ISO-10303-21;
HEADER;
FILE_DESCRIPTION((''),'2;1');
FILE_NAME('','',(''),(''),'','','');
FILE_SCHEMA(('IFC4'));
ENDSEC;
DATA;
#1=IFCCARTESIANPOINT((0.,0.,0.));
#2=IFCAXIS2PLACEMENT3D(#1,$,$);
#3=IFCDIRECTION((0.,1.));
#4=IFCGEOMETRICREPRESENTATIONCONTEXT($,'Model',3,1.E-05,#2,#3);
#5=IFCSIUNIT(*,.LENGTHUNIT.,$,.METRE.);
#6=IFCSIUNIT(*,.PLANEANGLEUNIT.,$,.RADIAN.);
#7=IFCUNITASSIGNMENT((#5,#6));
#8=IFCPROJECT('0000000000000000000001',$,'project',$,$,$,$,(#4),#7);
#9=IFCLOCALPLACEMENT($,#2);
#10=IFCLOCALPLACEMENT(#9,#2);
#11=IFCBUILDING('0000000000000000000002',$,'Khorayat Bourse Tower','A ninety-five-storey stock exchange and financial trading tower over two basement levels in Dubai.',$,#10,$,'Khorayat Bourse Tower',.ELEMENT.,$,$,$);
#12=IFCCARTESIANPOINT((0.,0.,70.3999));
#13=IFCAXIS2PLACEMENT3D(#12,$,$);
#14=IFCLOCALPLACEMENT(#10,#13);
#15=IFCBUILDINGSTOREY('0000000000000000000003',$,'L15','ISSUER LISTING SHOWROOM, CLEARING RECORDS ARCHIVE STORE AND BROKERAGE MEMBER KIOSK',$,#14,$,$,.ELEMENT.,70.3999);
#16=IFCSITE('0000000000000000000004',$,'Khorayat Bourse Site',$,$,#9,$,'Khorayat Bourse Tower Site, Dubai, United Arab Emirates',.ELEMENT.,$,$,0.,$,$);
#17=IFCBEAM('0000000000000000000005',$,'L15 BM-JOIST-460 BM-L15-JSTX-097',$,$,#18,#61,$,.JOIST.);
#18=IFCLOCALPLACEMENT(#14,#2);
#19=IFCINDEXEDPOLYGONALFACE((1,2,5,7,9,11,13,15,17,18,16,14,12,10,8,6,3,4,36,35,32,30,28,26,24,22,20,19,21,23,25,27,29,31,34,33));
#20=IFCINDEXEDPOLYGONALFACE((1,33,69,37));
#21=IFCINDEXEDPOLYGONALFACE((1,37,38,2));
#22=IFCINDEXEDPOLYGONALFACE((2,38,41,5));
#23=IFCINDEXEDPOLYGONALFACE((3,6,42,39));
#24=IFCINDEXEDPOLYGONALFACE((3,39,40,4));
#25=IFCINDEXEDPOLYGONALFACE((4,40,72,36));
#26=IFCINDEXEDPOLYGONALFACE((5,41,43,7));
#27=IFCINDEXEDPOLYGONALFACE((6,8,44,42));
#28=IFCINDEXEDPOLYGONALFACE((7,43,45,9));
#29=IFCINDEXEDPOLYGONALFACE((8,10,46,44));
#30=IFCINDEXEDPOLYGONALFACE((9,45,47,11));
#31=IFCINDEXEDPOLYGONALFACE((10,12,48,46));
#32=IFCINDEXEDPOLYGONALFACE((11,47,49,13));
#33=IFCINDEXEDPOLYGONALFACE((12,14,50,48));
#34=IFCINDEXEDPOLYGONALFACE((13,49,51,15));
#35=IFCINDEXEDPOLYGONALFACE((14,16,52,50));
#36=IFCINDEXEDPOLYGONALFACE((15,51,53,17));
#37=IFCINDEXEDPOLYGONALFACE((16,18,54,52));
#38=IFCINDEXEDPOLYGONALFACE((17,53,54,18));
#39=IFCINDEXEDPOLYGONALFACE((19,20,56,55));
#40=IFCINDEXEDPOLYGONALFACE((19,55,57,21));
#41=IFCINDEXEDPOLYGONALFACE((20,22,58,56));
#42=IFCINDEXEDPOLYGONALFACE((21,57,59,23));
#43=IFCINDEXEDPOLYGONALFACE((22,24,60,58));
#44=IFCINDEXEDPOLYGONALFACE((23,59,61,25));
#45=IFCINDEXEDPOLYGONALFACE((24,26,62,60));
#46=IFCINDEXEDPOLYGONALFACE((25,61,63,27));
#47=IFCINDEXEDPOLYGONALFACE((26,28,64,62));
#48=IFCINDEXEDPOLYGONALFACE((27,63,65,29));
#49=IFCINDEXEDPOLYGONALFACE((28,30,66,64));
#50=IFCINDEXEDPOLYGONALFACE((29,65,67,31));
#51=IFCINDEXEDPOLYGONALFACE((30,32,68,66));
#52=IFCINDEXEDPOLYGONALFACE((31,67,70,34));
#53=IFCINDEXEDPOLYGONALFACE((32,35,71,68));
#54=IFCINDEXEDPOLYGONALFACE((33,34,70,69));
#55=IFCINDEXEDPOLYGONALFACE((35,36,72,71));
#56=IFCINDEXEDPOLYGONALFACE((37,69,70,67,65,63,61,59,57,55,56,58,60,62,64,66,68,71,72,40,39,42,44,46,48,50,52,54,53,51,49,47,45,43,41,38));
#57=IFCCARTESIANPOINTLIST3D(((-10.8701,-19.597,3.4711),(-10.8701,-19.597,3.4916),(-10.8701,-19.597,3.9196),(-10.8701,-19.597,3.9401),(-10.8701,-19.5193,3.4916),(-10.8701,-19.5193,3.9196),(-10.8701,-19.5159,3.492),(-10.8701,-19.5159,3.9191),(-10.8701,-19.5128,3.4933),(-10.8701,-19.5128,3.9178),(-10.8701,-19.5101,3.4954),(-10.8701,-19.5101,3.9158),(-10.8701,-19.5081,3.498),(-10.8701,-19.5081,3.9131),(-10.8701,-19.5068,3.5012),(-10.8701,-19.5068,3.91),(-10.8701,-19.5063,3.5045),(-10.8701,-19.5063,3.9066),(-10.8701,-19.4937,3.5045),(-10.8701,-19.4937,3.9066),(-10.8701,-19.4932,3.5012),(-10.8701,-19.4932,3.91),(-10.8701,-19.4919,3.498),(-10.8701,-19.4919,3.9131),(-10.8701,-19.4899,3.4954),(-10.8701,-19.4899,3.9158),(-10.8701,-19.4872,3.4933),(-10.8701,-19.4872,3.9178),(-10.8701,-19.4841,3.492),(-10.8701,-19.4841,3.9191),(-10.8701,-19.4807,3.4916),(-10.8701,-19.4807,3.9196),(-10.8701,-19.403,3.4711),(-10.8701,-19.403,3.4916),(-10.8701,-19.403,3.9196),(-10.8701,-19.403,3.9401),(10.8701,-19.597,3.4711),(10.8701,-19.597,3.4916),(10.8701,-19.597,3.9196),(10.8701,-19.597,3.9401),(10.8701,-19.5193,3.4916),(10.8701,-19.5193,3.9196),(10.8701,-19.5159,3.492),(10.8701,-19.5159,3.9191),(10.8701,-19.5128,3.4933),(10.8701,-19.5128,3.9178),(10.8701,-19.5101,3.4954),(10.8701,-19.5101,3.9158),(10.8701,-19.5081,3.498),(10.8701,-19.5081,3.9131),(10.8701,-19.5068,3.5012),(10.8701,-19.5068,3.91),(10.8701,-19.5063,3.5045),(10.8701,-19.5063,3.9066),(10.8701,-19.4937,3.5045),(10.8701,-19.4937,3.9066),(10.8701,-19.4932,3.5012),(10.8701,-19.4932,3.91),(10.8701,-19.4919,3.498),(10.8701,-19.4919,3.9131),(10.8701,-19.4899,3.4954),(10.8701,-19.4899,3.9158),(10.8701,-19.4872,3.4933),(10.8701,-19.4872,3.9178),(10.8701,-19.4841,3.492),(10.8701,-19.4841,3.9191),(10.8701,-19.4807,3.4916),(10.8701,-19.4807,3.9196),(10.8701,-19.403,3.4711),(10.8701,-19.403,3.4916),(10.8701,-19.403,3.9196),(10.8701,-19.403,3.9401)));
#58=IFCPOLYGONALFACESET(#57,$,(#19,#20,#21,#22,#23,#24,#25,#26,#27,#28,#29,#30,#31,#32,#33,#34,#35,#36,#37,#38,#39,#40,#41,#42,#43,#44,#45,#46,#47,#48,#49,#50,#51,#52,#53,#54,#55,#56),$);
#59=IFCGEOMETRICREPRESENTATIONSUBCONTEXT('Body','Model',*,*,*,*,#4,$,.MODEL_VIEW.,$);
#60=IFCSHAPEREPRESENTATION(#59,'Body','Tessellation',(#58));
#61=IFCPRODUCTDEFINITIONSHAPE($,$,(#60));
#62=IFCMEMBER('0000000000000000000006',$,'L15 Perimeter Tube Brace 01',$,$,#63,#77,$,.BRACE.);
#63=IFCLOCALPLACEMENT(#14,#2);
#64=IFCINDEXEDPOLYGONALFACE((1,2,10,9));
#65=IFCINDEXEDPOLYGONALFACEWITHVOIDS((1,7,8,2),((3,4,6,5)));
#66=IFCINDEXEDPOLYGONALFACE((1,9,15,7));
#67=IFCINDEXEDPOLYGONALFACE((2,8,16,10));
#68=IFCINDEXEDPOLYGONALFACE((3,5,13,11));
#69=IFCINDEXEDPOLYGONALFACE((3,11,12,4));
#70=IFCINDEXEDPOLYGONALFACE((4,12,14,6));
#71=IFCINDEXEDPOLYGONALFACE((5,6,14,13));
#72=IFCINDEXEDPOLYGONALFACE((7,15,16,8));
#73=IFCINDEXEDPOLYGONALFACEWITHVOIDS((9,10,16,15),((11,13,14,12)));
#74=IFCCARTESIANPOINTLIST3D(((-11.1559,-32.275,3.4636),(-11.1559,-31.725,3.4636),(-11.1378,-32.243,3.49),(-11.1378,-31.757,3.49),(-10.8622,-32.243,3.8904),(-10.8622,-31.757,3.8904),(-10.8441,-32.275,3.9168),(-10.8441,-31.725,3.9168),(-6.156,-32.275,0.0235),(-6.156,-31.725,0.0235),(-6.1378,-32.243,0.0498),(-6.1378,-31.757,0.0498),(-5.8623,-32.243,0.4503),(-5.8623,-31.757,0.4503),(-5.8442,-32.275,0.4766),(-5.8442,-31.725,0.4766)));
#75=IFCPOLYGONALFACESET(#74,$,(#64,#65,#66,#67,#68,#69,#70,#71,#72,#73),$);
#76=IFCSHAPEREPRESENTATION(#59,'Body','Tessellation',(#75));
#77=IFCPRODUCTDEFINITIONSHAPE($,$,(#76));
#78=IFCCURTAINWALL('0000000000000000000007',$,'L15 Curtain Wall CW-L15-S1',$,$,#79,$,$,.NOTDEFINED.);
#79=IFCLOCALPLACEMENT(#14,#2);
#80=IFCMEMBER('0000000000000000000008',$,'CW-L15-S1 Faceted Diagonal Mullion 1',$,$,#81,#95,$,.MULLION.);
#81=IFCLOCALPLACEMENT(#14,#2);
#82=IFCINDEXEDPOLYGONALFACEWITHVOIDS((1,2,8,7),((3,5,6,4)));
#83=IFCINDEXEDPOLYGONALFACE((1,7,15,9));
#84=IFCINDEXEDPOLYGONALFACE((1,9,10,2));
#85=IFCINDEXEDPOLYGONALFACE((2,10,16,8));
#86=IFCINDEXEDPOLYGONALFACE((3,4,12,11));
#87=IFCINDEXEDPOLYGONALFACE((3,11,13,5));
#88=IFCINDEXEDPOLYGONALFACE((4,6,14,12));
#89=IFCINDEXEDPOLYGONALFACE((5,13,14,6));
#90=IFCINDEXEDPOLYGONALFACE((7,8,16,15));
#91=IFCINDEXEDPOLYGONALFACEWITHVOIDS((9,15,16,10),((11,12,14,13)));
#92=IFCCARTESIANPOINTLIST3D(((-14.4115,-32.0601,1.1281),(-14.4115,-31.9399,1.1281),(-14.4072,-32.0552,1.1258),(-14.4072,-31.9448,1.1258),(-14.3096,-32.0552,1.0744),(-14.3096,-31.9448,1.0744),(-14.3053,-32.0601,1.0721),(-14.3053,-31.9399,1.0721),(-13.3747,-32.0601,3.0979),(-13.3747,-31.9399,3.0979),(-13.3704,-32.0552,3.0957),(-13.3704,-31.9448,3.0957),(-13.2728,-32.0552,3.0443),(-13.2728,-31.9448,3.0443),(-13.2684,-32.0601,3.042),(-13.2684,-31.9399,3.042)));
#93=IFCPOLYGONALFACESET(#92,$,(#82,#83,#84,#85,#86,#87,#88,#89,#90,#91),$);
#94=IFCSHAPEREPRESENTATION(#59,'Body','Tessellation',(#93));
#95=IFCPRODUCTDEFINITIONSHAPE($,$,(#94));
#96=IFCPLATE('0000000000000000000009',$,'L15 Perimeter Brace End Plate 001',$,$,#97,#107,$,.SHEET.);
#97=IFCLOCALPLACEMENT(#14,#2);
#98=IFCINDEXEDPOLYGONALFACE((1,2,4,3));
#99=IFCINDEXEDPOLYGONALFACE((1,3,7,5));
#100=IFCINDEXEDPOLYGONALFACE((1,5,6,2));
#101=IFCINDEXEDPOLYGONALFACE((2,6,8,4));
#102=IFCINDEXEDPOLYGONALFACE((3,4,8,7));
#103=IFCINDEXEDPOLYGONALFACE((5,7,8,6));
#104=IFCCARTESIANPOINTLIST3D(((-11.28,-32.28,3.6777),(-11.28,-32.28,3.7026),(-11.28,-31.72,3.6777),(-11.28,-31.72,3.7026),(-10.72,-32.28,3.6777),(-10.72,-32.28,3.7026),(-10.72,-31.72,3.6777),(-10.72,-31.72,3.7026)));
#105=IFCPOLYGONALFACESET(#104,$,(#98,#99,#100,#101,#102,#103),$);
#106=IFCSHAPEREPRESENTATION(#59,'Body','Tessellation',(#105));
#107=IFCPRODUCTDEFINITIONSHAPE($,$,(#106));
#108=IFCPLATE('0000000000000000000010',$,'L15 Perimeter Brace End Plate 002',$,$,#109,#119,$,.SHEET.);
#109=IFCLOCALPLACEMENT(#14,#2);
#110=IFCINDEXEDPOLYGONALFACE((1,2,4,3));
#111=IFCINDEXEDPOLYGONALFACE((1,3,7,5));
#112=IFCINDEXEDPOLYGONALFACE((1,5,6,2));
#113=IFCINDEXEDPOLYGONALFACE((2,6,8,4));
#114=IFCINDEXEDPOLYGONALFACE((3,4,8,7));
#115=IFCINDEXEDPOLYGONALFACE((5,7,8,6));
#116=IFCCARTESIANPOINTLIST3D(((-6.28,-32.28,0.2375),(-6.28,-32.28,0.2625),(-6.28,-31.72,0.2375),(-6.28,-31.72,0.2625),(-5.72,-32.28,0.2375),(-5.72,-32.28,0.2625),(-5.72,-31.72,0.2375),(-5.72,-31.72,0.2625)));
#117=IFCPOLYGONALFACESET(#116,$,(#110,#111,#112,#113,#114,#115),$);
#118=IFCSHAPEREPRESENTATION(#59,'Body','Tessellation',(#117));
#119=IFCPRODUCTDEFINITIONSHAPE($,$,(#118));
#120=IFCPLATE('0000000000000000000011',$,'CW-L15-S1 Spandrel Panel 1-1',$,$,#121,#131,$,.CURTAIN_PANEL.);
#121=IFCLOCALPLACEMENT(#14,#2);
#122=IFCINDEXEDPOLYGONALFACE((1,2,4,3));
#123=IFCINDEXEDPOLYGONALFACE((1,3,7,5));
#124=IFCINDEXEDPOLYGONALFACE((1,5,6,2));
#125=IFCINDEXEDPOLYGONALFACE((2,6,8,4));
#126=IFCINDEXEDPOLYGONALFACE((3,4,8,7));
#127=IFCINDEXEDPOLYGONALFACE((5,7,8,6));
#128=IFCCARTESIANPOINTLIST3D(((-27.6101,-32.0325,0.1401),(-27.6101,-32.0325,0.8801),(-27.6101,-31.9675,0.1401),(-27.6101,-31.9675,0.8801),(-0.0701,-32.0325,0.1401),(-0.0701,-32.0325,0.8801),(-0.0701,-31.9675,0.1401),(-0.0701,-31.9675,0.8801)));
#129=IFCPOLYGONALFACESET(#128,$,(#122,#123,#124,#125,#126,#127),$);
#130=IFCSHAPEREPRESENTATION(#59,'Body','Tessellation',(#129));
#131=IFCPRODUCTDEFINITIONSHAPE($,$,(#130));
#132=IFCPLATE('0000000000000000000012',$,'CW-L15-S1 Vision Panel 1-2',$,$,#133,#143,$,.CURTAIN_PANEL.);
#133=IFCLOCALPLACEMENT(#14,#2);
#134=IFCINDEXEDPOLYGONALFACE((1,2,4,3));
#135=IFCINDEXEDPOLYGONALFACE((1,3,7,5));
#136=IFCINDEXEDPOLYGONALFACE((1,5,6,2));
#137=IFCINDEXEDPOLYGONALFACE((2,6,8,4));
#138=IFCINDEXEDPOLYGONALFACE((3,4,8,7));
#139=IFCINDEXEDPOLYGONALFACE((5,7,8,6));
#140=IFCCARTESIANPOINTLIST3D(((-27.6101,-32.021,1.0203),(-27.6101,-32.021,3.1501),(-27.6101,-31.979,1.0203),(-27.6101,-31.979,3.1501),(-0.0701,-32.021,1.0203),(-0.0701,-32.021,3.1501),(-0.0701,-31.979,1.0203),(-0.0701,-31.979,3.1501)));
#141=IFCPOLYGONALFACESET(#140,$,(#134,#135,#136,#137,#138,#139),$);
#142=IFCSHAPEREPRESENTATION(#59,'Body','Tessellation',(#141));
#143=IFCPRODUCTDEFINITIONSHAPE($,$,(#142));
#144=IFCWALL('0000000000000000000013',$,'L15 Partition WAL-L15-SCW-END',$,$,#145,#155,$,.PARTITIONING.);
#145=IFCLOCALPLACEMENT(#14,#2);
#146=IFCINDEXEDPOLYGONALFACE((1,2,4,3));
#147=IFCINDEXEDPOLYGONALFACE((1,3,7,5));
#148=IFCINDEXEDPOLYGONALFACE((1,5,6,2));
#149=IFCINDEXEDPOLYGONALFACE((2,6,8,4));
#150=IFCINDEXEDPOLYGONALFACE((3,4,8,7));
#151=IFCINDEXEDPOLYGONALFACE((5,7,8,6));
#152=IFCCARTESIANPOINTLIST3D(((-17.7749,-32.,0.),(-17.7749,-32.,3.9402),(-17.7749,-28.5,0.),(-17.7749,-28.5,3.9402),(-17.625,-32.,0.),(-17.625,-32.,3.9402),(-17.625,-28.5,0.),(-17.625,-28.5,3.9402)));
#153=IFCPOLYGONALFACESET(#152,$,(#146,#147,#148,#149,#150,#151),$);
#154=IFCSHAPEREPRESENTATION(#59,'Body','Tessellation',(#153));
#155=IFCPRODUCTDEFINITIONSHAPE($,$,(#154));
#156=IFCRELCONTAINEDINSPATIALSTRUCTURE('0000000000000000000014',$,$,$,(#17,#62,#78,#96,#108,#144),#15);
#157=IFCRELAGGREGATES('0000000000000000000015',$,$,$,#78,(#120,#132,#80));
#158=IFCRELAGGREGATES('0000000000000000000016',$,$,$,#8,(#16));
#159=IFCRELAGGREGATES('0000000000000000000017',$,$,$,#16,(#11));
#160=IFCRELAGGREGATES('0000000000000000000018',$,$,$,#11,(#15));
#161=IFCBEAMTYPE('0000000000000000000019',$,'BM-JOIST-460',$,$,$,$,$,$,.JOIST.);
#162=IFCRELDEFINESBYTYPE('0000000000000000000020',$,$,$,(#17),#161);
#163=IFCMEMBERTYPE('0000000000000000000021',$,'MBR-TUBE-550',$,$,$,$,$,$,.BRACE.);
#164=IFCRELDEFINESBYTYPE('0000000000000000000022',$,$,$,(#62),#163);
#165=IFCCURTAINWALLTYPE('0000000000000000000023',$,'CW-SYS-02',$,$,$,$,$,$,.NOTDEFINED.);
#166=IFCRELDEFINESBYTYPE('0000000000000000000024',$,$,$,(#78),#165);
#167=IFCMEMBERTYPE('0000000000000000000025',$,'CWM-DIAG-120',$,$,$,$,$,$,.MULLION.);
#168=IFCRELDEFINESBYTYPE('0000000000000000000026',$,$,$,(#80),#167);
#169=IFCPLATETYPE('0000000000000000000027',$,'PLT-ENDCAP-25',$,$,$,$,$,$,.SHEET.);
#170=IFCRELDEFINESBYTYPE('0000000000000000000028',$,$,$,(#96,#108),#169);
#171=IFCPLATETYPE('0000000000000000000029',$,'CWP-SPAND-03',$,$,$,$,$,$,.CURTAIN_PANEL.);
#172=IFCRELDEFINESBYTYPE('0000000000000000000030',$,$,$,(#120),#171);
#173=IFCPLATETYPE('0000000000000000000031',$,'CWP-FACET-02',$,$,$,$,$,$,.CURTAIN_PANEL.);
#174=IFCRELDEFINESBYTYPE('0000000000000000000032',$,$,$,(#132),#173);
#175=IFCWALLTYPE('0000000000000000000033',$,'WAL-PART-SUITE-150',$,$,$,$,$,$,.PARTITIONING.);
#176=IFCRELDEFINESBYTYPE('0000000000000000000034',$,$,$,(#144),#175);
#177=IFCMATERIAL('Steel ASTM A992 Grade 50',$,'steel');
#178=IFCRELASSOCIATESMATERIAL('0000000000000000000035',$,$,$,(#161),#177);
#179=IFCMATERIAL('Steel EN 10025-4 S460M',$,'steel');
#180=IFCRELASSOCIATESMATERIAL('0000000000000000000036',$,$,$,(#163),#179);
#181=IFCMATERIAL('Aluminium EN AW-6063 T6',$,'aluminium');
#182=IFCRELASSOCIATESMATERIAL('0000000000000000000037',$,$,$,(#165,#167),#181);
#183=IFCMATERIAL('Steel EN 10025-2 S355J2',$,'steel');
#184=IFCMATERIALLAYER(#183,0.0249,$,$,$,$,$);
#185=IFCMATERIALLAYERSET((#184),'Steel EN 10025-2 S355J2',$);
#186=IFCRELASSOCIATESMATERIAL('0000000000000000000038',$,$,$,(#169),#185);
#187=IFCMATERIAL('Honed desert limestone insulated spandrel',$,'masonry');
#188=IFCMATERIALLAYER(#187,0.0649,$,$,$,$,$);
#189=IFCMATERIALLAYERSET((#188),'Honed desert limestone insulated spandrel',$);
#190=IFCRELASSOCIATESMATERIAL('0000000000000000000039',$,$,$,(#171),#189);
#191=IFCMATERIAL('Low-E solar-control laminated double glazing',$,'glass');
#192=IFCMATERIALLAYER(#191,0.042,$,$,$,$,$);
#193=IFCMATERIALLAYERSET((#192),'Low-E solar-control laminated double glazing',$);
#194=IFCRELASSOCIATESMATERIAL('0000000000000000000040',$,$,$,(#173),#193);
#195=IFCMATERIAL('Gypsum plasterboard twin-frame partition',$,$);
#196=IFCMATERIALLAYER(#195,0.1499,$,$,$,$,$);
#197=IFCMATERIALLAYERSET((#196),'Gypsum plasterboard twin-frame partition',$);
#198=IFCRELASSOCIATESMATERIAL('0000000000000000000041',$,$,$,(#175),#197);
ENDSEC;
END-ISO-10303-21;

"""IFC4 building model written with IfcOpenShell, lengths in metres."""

from ifc_helpers import new_model, si_unit, direction, frame, frame_2d, origin, origin_2d, place, context, subcontext, project, spatial, rectangle, hollow_rectangle, i_section, extrude, source, transform, mapped, material, layer, layer_set, material_profile, profile_set, type_object, element, aggregate, save


model = new_model("IFC4")

# Units and contexts
model_context = context("Model", 3, precision=1e-05, world=origin(), true_north=direction((0.0, 1.0)))
body_context = subcontext(model_context, "Body", "Model", "MODEL_VIEW")
ifc_project = project(units=[si_unit("LENGTHUNIT", "METRE"), si_unit("PLANEANGLEUNIT", "RADIAN")], contexts=[model_context])

# Site, building, storey
site_placement = place(None, origin())
site = spatial("IfcSite", under=ifc_project, at=site_placement, Name="Khorayat Bourse Site", LongName="Khorayat Bourse Tower Site, Dubai, United Arab Emirates", CompositionType="ELEMENT", RefElevation=0.0)
building_placement = place(site_placement, origin())
building = spatial("IfcBuilding", under=site, at=building_placement, Name="Khorayat Bourse Tower", Description="A ninety-five-storey stock exchange and financial trading tower over two basement levels in Dubai.", LongName="Khorayat Bourse Tower", CompositionType="ELEMENT")
storey_placement = place(building_placement, frame((0.0, 0.0, 70.3999)))
storey = spatial("IfcBuildingStorey", under=building, at=storey_placement, Name="L15", Description="ISSUER LISTING SHOWROOM, CLEARING RECORDS ARCHIVE STORE AND BROKERAGE MEMBER KIOSK", CompositionType="ELEMENT", Elevation=70.3999)

# Shared definitions
ifc_material_1 = material(Name="Steel EN 10025-4 S460M", Category="steel")

# Beam
ifc_material_2 = material(Name="Steel ASTM A992 Grade 50", Category="steel")
ifc_material_profile_1 = material_profile(ifc_material_2, i_section(OverallWidth=0.1941, OverallDepth=0.469, WebThickness=0.0127, FlangeThickness=0.0205, FilletRadius=0.0129, at=origin_2d()), Name="W460X106")
ifc_profile_set_1 = profile_set([ifc_material_profile_1], Name="Steel ASTM A992 Grade 50")
beam_type_1 = type_object("IfcBeamType", Name="BM-JOIST-460", PredefinedType="JOIST", material=ifc_profile_set_1)
shared_shape_1 = source(origin(), body_context, "Body", "SweptSolid", [
    extrude(i_section(OverallWidth=0.1941, OverallDepth=0.469, WebThickness=0.0127, FlangeThickness=0.0205, FilletRadius=0.0129, at=origin_2d()), origin(), (0.0, 0.0, 1.0), 21.7402),
])
beam_1_placement = place(storey_placement, frame((-10.8701, -19.5, 3.7056), z_axis=(1.0, 0.0, 0.0), x_axis=(0.0, 1.0, 0.0)))
element("IfcBeam", 1, at=beam_1_placement, inside=storey, type_object=beam_type_1, Name="L15 BM-JOIST-460 BM-L15-JSTX-097", PredefinedType="JOIST", context=body_context, shape_type="MappedRepresentation", body=[
    mapped(shared_shape_1, transform((0.0, 0.0, 0.0), scale=1.0)),
])

# Member
ifc_material_profile_2 = material_profile(ifc_material_1, hollow_rectangle(XDim=0.55, YDim=0.55, WallThickness=0.032, at=origin_2d()), Name="HSS 550x550x32")
ifc_profile_set_2 = profile_set([ifc_material_profile_2], Name="Steel EN 10025-4 S460M")
member_type_1 = type_object("IfcMemberType", Name="MBR-TUBE-550", PredefinedType="BRACE", material=ifc_profile_set_2)
shared_shape_2 = source(origin(), body_context, "Body", "SweptSolid", [
    extrude(hollow_rectangle(XDim=0.55, YDim=0.55, WallThickness=0.032, at=origin_2d()), origin(), (0.0, 0.0, 1.0), 6.0691),
])
member_1_placement = place(storey_placement, frame((-11.0, -32.0, 3.6902), z_axis=(0.823835, 0.0, -0.566829), x_axis=(0.0, 1.0, 0.0)))
element("IfcMember", 2, at=member_1_placement, inside=storey, type_object=member_type_1, Name="L15 Perimeter Tube Brace 01", PredefinedType="BRACE", context=body_context, shape_type="MappedRepresentation", body=[
    mapped(shared_shape_2, transform((0.0, 0.0, 0.0), scale=1.0)),
])

# Curtain wall, member
ifc_material_3 = material(Name="Aluminium EN AW-6063 T6", Category="aluminium")
curtain_wall_type = type_object("IfcCurtainWallType", Name="CW-SYS-02", PredefinedType="NOTDEFINED", material=ifc_material_3)
curtain_wall_placement = place(storey_placement, origin())
curtain_wall = element("IfcCurtainWall", 3, at=curtain_wall_placement, inside=storey, type_object=curtain_wall_type, Name="L15 Curtain Wall CW-L15-S1", PredefinedType="NOTDEFINED")
ifc_material_profile_3 = material_profile(ifc_material_3, hollow_rectangle(XDim=0.1201, YDim=0.1201, WallThickness=0.0049, at=origin_2d()), Name="ALU 120x120x5")
ifc_profile_set_3 = profile_set([ifc_material_profile_3], Name="Aluminium EN AW-6063 T6")
member_type_2 = type_object("IfcMemberType", Name="CWM-DIAG-120", PredefinedType="MULLION", material=ifc_profile_set_3)
shared_shape_3 = source(origin(), body_context, "Body", "SweptSolid", [
    extrude(hollow_rectangle(XDim=0.1201, YDim=0.1201, WallThickness=0.0049, at=origin_2d()), origin(), (0.0, 0.0, 1.0), 2.2261),
])
member_2_placement = place(storey_placement, frame((-14.3584, -32.0, 1.1001), z_axis=(0.46576, 0.0, 0.884911), x_axis=(0.0, 1.0, 0.0)))
member_2 = element("IfcMember", 4, at=member_2_placement, type_object=member_type_2, Name="CW-L15-S1 Faceted Diagonal Mullion 1", PredefinedType="MULLION", context=body_context, shape_type="MappedRepresentation", body=[
    mapped(shared_shape_3, transform((0.0, 0.0, 0.0), scale=1.0)),
])

# Plates
ifc_material_4 = material(Name="Steel EN 10025-2 S355J2", Category="steel")
ifc_layer_1 = layer(ifc_material_4, 0.0249)
ifc_layer_set_1 = layer_set([ifc_layer_1], Name="Steel EN 10025-2 S355J2")
plate_type_1 = type_object("IfcPlateType", Name="PLT-ENDCAP-25", PredefinedType="SHEET", material=ifc_layer_set_1)
shared_shape_4 = source(origin(), body_context, "Body", "SweptSolid", [
    extrude(rectangle(XDim=0.5601, YDim=0.5601, at=origin_2d()), origin(), (0.0, 0.0, 1.0), 0.0249),
])
for number, where, z_axis, x_axis, name in (
    (5, (-11.0, -32.0, 3.6777), (0.0, 0.0, 1.0), (1.0, 0.0, 0.0), "L15 Perimeter Brace End Plate 001"),
    (6, (-6.0, -32.0, 0.2375), (0.0, 0.0, 1.0), (1.0, 0.0, 0.0), "L15 Perimeter Brace End Plate 002"),
):
    element("IfcPlate", number, at=place(storey_placement, frame(where, z_axis=z_axis, x_axis=x_axis)), inside=storey, type_object=plate_type_1, Name=name, PredefinedType="SHEET", context=body_context, shape_type="MappedRepresentation", body=[
        mapped(shared_shape_4, transform((0.0, 0.0, 0.0), scale=1.0)),
    ])

# Plates
ifc_material_5 = material(Name="Honed desert limestone insulated spandrel", Category="masonry")
ifc_layer_2 = layer(ifc_material_5, 0.0649)
ifc_layer_set_2 = layer_set([ifc_layer_2], Name="Honed desert limestone insulated spandrel")
plate_type_2 = type_object("IfcPlateType", Name="CWP-SPAND-03", PredefinedType="CURTAIN_PANEL", material=ifc_layer_set_2)
shared_shape_5 = source(origin(), body_context, "Body", "SweptSolid", [
    extrude(rectangle(XDim=27.54, YDim=0.0649, at=origin_2d()), origin(), (0.0, 0.0, 1.0), 0.74),
])
plate_1_placement = place(storey_placement, frame((-13.8401, -32.0, 0.1401), z_axis=(0.0, 0.0, 1.0), x_axis=(1.0, 0.0, 0.0)))
plate_1 = element("IfcPlate", 7, at=plate_1_placement, type_object=plate_type_2, Name="CW-L15-S1 Spandrel Panel 1-1", PredefinedType="CURTAIN_PANEL", context=body_context, shape_type="MappedRepresentation", body=[
    mapped(shared_shape_5, transform((0.0, 0.0, 0.0), scale=1.0)),
])
ifc_material_6 = material(Name="Low-E solar-control laminated double glazing", Category="glass")
ifc_layer_3 = layer(ifc_material_6, 0.042)
ifc_layer_set_3 = layer_set([ifc_layer_3], Name="Low-E solar-control laminated double glazing")
plate_type_3 = type_object("IfcPlateType", Name="CWP-FACET-02", PredefinedType="CURTAIN_PANEL", material=ifc_layer_set_3)
shared_shape_6 = source(origin(), body_context, "Body", "SweptSolid", [
    extrude(rectangle(XDim=27.54, YDim=0.042, at=origin_2d()), origin(), (0.0, 0.0, 1.0), 2.1299),
])
plate_2_placement = place(storey_placement, frame((-13.8401, -32.0, 1.0203), z_axis=(0.0, 0.0, 1.0), x_axis=(1.0, 0.0, 0.0)))
plate_2 = element("IfcPlate", 8, at=plate_2_placement, type_object=plate_type_3, Name="CW-L15-S1 Vision Panel 1-2", PredefinedType="CURTAIN_PANEL", context=body_context, shape_type="MappedRepresentation", body=[
    mapped(shared_shape_6, transform((0.0, 0.0, 0.0), scale=1.0)),
])
aggregate(curtain_wall, [plate_1, plate_2, member_2])

# Wall
ifc_material_7 = material(Name="Gypsum plasterboard twin-frame partition")
ifc_layer_4 = layer(ifc_material_7, 0.1499)
ifc_layer_set_4 = layer_set([ifc_layer_4], Name="Gypsum plasterboard twin-frame partition")
wall_type_1 = type_object("IfcWallType", Name="WAL-PART-SUITE-150", PredefinedType="PARTITIONING", material=ifc_layer_set_4)
shared_shape_7 = source(origin(), body_context, "Body", "SweptSolid", [
    extrude(rectangle(XDim=3.5, YDim=0.1499, at=frame_2d((1.75, 0.0))), origin(), (0.0, 0.0, 1.0), 3.9402),
])
wall_1_placement = place(storey_placement, frame((-17.7, -32.0, 0.0), z_axis=(0.0, 0.0, 1.0), x_axis=(0.0, 1.0, 0.0)))
element("IfcWall", 9, at=wall_1_placement, inside=storey, type_object=wall_type_1, Name="L15 Partition WAL-L15-SCW-END", PredefinedType="PARTITIONING", context=body_context, shape_type="MappedRepresentation", body=[
    mapped(shared_shape_7, transform((0.0, 0.0, 0.0), scale=1.0)),
])

save(model, "model.ifc")
